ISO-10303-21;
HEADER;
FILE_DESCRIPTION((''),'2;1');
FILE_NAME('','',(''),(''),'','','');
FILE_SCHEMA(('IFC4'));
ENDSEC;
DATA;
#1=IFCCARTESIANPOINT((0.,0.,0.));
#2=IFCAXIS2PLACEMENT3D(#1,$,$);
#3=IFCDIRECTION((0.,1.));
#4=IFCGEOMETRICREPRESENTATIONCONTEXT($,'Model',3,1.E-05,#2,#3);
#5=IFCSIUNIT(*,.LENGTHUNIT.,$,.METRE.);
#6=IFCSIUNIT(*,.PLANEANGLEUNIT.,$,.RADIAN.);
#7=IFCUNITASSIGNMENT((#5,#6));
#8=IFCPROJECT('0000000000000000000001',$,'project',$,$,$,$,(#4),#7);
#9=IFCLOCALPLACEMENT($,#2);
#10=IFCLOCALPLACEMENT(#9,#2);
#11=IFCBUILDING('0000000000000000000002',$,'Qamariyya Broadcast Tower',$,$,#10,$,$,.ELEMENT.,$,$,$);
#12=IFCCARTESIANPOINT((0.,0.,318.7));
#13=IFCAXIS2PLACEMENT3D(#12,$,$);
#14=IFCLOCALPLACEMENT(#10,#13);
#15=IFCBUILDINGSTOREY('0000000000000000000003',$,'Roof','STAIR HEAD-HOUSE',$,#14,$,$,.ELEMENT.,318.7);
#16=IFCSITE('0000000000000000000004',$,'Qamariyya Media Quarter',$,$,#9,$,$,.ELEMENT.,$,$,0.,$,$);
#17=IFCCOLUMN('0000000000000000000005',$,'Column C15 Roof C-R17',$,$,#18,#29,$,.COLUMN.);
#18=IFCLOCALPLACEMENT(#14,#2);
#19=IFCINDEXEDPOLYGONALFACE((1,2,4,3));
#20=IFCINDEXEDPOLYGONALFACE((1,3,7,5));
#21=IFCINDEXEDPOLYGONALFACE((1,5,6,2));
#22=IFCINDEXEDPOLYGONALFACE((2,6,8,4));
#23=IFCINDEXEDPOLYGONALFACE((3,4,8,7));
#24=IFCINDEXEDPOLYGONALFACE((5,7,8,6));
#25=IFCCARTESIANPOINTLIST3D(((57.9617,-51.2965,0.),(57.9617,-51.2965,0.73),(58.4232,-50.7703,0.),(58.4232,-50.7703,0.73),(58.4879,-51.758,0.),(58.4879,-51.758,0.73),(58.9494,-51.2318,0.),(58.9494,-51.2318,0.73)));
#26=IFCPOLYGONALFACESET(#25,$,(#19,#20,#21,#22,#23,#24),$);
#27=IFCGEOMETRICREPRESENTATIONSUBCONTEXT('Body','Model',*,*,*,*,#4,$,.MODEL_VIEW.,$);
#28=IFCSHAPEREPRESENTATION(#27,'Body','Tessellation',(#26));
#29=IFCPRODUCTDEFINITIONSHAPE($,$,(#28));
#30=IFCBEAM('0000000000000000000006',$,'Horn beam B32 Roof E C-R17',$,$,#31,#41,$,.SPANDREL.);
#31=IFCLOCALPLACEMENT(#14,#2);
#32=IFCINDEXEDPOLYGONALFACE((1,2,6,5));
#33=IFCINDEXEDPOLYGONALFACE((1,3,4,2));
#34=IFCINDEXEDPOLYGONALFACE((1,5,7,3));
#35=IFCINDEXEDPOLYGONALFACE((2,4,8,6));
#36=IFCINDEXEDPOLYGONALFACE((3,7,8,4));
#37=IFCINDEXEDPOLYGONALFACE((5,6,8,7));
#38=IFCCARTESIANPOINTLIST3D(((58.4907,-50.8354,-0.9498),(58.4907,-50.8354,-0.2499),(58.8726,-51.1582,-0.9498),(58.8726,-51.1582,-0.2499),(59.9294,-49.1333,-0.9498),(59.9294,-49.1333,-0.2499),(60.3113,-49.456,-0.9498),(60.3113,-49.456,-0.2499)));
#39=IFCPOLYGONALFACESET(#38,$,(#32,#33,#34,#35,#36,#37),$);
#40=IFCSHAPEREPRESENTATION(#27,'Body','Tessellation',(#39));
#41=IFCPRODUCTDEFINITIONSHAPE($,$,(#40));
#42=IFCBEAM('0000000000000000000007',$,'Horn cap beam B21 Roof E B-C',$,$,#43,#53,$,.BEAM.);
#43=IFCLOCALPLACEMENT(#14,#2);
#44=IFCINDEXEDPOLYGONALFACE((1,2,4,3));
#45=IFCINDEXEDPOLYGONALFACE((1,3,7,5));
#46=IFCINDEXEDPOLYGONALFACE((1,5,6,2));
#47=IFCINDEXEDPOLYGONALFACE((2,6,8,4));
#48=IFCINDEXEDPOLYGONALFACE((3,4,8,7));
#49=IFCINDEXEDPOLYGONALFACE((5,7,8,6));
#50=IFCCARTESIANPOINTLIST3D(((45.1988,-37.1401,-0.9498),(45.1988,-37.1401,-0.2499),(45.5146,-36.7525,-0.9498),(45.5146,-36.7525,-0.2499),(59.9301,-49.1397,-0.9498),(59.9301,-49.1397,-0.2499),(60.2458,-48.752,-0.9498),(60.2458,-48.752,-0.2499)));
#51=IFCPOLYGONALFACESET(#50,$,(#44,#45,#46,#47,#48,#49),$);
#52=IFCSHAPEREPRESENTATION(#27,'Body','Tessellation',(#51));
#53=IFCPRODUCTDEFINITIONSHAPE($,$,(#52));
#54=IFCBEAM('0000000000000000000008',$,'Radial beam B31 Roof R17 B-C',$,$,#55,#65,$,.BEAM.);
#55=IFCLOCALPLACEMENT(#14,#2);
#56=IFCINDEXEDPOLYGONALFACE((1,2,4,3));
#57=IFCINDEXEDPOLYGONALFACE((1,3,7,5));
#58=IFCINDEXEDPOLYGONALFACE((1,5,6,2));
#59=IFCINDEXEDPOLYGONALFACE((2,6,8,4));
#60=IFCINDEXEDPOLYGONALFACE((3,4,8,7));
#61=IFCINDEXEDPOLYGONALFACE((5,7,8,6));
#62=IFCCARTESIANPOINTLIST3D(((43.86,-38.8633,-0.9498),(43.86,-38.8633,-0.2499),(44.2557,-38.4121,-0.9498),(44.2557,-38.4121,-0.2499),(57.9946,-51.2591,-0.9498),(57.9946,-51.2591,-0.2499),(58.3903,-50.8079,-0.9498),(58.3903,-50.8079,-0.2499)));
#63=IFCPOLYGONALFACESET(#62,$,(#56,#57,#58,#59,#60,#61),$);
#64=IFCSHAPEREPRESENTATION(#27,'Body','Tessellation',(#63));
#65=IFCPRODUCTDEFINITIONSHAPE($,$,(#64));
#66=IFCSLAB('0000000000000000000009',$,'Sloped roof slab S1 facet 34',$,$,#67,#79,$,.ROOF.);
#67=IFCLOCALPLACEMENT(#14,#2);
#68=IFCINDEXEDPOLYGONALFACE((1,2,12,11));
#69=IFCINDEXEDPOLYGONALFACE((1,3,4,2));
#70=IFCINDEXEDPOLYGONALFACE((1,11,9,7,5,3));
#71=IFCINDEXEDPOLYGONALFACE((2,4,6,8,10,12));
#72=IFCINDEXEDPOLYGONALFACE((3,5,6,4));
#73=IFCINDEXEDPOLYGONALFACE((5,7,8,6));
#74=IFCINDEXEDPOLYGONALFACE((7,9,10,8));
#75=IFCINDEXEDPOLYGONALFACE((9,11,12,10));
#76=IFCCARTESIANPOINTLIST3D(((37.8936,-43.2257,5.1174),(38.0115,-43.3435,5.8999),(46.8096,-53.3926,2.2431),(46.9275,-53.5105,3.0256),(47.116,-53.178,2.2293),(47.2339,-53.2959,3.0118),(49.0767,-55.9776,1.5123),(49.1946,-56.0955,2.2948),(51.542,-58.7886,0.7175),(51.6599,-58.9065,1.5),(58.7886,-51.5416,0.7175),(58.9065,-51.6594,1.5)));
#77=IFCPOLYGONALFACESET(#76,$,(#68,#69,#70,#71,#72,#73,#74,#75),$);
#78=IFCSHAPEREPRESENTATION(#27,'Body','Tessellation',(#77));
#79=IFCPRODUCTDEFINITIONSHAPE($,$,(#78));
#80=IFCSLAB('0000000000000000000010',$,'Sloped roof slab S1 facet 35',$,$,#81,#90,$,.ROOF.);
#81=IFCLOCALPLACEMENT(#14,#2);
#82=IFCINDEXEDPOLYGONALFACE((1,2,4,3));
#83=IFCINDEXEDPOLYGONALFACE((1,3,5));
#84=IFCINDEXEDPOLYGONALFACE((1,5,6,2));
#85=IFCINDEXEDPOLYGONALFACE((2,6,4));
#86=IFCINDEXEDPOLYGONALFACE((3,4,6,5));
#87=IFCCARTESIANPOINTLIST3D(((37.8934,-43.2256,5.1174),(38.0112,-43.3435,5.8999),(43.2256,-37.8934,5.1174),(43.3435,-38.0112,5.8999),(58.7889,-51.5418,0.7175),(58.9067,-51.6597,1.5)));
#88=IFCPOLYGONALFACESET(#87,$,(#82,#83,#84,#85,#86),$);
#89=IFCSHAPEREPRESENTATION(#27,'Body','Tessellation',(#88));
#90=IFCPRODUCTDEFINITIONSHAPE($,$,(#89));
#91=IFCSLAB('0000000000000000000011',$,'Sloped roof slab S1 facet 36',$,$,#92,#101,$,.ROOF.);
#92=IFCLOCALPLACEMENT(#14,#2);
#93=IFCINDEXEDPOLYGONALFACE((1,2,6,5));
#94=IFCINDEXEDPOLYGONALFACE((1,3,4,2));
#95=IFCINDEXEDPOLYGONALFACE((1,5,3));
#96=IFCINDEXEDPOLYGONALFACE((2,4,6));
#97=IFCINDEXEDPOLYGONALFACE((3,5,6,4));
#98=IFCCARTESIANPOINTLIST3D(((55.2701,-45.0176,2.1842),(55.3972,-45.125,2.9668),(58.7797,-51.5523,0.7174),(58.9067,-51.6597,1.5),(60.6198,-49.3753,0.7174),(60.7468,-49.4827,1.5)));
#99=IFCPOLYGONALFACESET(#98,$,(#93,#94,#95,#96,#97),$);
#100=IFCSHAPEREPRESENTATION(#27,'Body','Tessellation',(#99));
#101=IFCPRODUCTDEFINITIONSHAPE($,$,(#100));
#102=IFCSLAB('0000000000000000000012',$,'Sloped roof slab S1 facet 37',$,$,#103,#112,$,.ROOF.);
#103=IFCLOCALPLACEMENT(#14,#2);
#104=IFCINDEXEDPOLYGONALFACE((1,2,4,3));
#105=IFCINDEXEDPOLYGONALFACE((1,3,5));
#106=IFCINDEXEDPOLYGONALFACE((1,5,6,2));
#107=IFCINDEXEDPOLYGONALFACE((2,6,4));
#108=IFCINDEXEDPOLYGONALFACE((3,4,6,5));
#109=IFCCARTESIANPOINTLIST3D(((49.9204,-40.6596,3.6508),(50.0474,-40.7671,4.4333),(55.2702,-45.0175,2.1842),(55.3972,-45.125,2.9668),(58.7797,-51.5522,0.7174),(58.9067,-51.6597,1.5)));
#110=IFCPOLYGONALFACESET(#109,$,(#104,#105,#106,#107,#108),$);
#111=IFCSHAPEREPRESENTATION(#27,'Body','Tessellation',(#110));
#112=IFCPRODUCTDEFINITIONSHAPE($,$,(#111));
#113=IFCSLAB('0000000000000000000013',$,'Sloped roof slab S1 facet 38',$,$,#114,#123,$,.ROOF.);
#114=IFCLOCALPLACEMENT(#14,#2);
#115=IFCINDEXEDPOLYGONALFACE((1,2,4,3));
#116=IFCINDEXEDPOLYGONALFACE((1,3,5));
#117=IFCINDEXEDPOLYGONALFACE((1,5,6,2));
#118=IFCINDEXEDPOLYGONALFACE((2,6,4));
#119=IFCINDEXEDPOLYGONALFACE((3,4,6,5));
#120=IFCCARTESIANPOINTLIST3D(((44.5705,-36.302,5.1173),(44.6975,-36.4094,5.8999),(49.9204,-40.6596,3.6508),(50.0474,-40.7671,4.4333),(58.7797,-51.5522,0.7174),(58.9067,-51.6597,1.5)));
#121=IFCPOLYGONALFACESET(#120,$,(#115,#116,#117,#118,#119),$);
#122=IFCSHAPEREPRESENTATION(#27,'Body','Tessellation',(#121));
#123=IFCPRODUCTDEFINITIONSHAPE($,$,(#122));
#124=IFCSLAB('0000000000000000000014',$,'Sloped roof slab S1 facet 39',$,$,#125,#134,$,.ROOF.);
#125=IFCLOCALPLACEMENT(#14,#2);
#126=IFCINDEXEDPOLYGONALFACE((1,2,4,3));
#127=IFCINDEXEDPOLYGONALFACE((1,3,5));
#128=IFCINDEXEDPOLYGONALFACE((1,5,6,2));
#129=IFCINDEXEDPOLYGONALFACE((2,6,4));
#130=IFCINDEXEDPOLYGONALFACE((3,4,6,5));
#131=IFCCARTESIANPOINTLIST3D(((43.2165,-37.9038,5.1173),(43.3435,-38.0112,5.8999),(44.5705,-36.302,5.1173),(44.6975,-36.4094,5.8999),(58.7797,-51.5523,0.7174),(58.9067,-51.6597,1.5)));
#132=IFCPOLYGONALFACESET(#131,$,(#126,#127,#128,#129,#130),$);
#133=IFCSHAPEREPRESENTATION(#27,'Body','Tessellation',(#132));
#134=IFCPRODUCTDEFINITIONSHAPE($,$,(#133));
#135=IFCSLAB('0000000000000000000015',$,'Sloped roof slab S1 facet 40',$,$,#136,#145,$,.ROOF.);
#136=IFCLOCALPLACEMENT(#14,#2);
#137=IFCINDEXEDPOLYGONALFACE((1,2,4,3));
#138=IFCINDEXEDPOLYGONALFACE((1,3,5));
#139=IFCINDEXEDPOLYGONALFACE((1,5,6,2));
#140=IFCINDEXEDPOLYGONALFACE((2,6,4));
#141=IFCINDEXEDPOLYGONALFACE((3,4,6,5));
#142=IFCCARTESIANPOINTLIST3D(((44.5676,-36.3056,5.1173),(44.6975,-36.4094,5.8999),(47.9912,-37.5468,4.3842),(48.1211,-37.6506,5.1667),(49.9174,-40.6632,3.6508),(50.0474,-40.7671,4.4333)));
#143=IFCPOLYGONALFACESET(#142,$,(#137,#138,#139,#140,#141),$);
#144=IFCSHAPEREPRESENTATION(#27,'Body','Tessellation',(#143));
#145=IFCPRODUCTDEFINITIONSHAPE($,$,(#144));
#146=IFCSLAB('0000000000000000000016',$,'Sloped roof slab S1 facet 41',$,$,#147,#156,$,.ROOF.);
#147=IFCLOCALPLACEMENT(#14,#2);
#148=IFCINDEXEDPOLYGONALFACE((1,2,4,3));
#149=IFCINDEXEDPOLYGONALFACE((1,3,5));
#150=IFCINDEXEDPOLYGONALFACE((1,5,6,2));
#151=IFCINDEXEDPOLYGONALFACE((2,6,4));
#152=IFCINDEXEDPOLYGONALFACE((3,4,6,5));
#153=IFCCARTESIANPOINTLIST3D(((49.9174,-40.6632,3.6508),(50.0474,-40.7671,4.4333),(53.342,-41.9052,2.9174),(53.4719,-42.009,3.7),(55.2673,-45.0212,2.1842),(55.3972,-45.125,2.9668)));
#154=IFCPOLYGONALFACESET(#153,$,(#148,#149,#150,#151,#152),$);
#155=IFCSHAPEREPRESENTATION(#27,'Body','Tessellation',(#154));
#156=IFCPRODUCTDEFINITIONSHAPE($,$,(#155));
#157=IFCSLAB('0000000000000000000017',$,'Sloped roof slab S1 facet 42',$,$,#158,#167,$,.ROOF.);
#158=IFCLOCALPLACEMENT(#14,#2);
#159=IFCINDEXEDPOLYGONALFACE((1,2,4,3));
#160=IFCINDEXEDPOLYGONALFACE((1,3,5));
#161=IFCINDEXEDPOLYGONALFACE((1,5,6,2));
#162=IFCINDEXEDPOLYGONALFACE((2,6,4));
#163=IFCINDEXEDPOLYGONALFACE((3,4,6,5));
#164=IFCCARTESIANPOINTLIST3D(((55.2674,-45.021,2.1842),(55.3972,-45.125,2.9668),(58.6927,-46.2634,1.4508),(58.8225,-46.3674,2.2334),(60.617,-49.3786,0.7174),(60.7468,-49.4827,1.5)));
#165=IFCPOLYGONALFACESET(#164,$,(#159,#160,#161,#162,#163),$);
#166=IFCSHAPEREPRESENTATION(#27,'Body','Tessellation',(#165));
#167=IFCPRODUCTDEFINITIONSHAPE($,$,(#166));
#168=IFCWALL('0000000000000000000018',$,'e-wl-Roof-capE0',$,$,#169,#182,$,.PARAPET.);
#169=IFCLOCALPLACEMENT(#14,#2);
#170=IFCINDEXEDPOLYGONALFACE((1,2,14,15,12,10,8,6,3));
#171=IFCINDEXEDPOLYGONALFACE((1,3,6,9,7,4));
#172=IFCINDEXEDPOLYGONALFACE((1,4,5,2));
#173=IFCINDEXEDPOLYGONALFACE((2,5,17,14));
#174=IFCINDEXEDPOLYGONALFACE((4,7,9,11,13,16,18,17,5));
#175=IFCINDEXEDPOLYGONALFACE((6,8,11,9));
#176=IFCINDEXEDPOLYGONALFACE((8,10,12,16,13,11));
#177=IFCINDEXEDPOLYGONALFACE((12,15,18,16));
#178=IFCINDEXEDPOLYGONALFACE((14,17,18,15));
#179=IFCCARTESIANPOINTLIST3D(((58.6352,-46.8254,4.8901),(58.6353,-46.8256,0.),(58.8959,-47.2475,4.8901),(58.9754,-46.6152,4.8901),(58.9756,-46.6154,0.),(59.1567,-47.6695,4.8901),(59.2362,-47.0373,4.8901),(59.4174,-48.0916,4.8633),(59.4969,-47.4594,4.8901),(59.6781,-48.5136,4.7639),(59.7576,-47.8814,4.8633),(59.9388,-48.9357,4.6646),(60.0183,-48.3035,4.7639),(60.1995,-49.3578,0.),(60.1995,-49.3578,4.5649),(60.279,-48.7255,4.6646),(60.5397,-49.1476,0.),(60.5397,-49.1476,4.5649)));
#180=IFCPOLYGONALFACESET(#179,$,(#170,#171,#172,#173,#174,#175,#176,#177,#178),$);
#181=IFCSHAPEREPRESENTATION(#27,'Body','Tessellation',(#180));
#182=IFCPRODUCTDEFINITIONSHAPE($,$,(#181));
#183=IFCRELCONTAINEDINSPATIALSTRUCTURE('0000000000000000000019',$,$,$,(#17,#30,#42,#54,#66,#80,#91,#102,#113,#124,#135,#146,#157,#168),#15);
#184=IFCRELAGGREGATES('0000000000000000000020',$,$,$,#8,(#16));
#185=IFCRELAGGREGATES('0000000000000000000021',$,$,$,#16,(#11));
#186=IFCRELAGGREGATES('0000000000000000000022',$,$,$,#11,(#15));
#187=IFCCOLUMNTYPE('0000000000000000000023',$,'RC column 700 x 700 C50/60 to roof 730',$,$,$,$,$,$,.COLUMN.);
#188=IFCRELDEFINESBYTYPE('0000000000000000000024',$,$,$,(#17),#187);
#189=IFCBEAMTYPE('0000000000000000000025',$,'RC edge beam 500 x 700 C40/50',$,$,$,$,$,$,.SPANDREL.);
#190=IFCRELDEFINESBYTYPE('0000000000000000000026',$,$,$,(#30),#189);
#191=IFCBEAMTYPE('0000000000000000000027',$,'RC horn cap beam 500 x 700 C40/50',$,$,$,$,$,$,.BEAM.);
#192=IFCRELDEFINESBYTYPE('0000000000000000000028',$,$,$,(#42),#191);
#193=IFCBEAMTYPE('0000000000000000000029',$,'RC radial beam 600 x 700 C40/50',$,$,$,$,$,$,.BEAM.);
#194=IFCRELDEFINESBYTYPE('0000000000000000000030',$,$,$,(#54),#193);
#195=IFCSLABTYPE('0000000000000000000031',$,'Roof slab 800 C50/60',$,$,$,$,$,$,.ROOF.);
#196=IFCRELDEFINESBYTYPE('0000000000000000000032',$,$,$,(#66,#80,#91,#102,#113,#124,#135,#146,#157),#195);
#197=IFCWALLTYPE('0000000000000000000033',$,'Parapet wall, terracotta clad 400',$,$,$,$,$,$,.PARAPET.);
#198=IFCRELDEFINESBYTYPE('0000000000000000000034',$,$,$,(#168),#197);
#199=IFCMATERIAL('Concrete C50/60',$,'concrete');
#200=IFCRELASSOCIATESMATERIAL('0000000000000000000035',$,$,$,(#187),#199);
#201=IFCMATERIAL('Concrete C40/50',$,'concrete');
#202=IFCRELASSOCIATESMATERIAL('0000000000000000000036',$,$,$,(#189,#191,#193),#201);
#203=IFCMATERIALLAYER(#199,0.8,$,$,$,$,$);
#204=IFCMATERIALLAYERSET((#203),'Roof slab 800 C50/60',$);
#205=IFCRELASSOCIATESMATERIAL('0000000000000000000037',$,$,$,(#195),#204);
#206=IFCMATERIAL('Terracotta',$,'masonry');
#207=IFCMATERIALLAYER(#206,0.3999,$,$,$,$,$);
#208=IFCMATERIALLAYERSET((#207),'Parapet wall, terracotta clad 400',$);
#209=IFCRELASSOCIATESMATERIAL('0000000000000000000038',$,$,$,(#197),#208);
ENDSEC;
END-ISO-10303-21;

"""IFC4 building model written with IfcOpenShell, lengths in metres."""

from ifc_helpers import new_model, si_unit, direction, frame, origin, origin_2d, place, context, subcontext, project, spatial, polyline, rectangle, outline, extrude, material, layer, layer_set, material_profile, profile_set, type_object, element, save


model = new_model("IFC4")

# Units and contexts
model_context = context("Model", 3, precision=1e-05, world=origin(), true_north=direction((0.0, 1.0)))
body_context = subcontext(model_context, "Body", "Model", "MODEL_VIEW")
ifc_project = project(units=[si_unit("LENGTHUNIT", "METRE"), si_unit("PLANEANGLEUNIT", "RADIAN")], contexts=[model_context])

# Site, building, storey
site_placement = place(None, origin())
site = spatial("IfcSite", under=ifc_project, at=site_placement, Name="Qamariyya Media Quarter", CompositionType="ELEMENT", RefElevation=0.0)
building_placement = place(site_placement, origin())
building = spatial("IfcBuilding", under=site, at=building_placement, Name="Qamariyya Broadcast Tower", CompositionType="ELEMENT")
storey_placement = place(building_placement, frame((0.0, 0.0, 318.7)))
storey = spatial("IfcBuildingStorey", under=building, at=storey_placement, Name="Roof", Description="STAIR HEAD-HOUSE", CompositionType="ELEMENT", Elevation=318.7)

# Column
ifc_material_1 = material(Name="Concrete C50/60", Category="concrete")
ifc_material_profile_1 = material_profile(ifc_material_1, rectangle(XDim=0.7, YDim=0.7, at=origin_2d()))
ifc_profile_set_1 = profile_set([ifc_material_profile_1], Name="Concrete C50/60")
column_type = type_object("IfcColumnType", Name="RC column 700 x 700 C50/60 to roof 730", PredefinedType="COLUMN", material=ifc_profile_set_1)
column_placement = place(storey_placement, frame((58.4556, -51.2642, 0.0), z_axis=(0.0, 0.0, 1.0), x_axis=(0.659346, 0.75184, 0.0)))
element("IfcColumn", 1, at=column_placement, inside=storey, type_object=column_type, Name="Column C15 Roof C-R17", PredefinedType="COLUMN", context=body_context, shape_type="SweptSolid", body=[
    extrude(rectangle(XDim=0.7, YDim=0.7, at=origin_2d()), origin(), (0.0, 0.0, 1.0), 0.73),
])

# Beams
ifc_material_2 = material(Name="Concrete C40/50", Category="concrete")
ifc_material_profile_2 = material_profile(ifc_material_2, rectangle(XDim=0.5, YDim=0.7, at=origin_2d()))
ifc_profile_set_2 = profile_set([ifc_material_profile_2], Name="Concrete C40/50")
beam_type_1 = type_object("IfcBeamType", Name="RC edge beam 500 x 700 C40/50", PredefinedType="SPANDREL", material=ifc_profile_set_2)
beam_1_placement = place(storey_placement, frame((58.6816, -50.9968, -0.5999), z_axis=(0.645535, 0.763731, 0.0), x_axis=(-0.763731, 0.645535, 0.0)))
element("IfcBeam", 2, at=beam_1_placement, inside=storey, type_object=beam_type_1, Name="Horn beam B32 Roof E C-R17", PredefinedType="SPANDREL", context=body_context, shape_type="SweptSolid", body=[
    extrude(rectangle(XDim=0.5, YDim=0.7, at=origin_2d()), origin(), (0.0, 0.0, 1.0), 2.2288),
])
ifc_material_profile_3 = material_profile(ifc_material_2, rectangle(XDim=0.5, YDim=0.7, at=origin_2d()))
ifc_profile_set_3 = profile_set([ifc_material_profile_3], Name="Concrete C40/50")
beam_type_2 = type_object("IfcBeamType", Name="RC horn cap beam 500 x 700 C40/50", PredefinedType="BEAM", material=ifc_profile_set_3)
beam_2_placement = place(storey_placement, frame((45.3567, -36.9463, -0.5999), z_axis=(0.77533, -0.631556, 0.0), x_axis=(0.631556, 0.77533, 0.0)))
element("IfcBeam", 3, at=beam_2_placement, inside=storey, type_object=beam_type_2, Name="Horn cap beam B21 Roof E B-C", PredefinedType="BEAM", context=body_context, shape_type="SweptSolid", body=[
    extrude(rectangle(XDim=0.5, YDim=0.7, at=origin_2d()), origin(), (0.0, 0.0, 1.0), 19.0),
])
ifc_material_profile_4 = material_profile(ifc_material_2, rectangle(XDim=0.6001, YDim=0.7, at=origin_2d()))
ifc_profile_set_4 = profile_set([ifc_material_profile_4], Name="Concrete C40/50")
beam_type_3 = type_object("IfcBeamType", Name="RC radial beam 600 x 700 C40/50", PredefinedType="BEAM", material=ifc_profile_set_4)
beam_3_placement = place(storey_placement, frame((44.0579, -38.6377, -0.5999), z_axis=(0.751837, -0.659349, 0.0), x_axis=(0.659349, 0.751837, 0.0)))
element("IfcBeam", 4, at=beam_3_placement, inside=storey, type_object=beam_type_3, Name="Radial beam B31 Roof R17 B-C", PredefinedType="BEAM", context=body_context, shape_type="SweptSolid", body=[
    extrude(rectangle(XDim=0.6001, YDim=0.7, at=origin_2d()), origin(), (0.0, 0.0, 1.0), 18.8),
])

# Slabs
ifc_layer_1 = layer(ifc_material_1, 0.8)
ifc_layer_set_1 = layer_set([ifc_layer_1], Name="Roof slab 800 C50/60")
slab_type = type_object("IfcSlabType", Name="Roof slab 800 C50/60", PredefinedType="ROOF", material=ifc_layer_set_1)
slab_1_placement = place(storey_placement, frame((58.9065, -51.6594, 1.5), z_axis=(0.147324, -0.147312, 0.978057), x_axis=(-0.911833, 0.362896, 0.192007)))
element("IfcSlab", 5, at=slab_1_placement, inside=storey, type_object=slab_type, Name="Sloped roof slab S1 facet 34", PredefinedType="ROOF", context=body_context, shape_type="SweptSolid", body=[
    extrude(outline(polyline([(0.0, 0.0), (22.9154, 0.0), (10.544, 6.1704), (10.3399, 5.8567), (7.3984, 7.7392), (3.9777, 9.4451), (0.0, 0.0)])), origin(), (0.0, 0.0, -1.0), 0.8),
])
slab_2_placement = place(storey_placement, frame((58.9067, -51.6597, 1.5), z_axis=(0.147316, -0.147316, 0.978057), x_axis=(-0.735414, 0.644934, 0.20791)))
element("IfcSlab", 6, at=slab_2_placement, inside=storey, type_object=slab_type, Name="Sloped roof slab S1 facet 35", PredefinedType="ROOF", context=body_context, shape_type="SweptSolid", body=[
    extrude(outline(polyline([(0.0, 0.0), (21.1625, 0.0), (21.645, 7.5255), (0.0, 0.0)])), origin(), (0.0, 0.0, -1.0), 0.8),
])
slab_3_placement = place(storey_placement, frame((58.9067, -51.6597, 1.5), z_axis=(0.158834, -0.134252, 0.978135), x_axis=(0.645535, 0.763731, 0.0)))
element("IfcSlab", 7, at=slab_3_placement, inside=storey, type_object=slab_type, Name="Sloped roof slab S1 facet 36", PredefinedType="ROOF", context=body_context, shape_type="SweptSolid", body=[
    extrude(outline(polyline([(0.0, 0.0), (2.8505, 0.0), (2.7252, 7.0529), (0.0, 0.0)])), origin(), (0.0, 0.0, -1.0), 0.8),
])
slab_4_placement = place(storey_placement, frame((58.9067, -51.6597, 1.5), z_axis=(0.158732, -0.134309, 0.978144), x_axis=(-0.464155, 0.864249, 0.193993)))
element("IfcSlab", 8, at=slab_4_placement, inside=storey, type_object=slab_type, Name="Sloped roof slab S1 facet 37", PredefinedType="ROOF", context=body_context, shape_type="SweptSolid", body=[
    extrude(outline(polyline([(0.0, 0.0), (7.5611, 0.0), (14.0951, 2.659), (0.0, 0.0)])), origin(), (0.0, 0.0, -1.0), 0.8),
])
slab_5_placement = place(storey_placement, frame((58.9067, -51.6597, 1.5), z_axis=(0.15875, -0.134294, 0.978143), x_axis=(-0.61765, 0.759399, 0.204505)))
element("IfcSlab", 9, at=slab_5_placement, inside=storey, type_object=slab_type, Name="Sloped roof slab S1 facet 38", PredefinedType="ROOF", context=body_context, shape_type="SweptSolid", body=[
    extrude(outline(polyline([(0.0, 0.0), (14.3437, 0.0), (21.2571, 1.4018), (0.0, 0.0)])), origin(), (0.0, 0.0, -1.0), 0.8),
])
slab_6_placement = place(storey_placement, frame((58.9067, -51.6597, 1.5), z_axis=(0.158808, -0.13424, 0.978141), x_axis=(-0.666996, 0.715862, 0.206536)))
element("IfcSlab", 10, at=slab_6_placement, inside=storey, type_object=slab_type, Name="Sloped roof slab S1 facet 39", PredefinedType="ROOF", context=body_context, shape_type="SweptSolid", body=[
    extrude(outline(polyline([(0.0, 0.0), (21.3033, 0.0), (21.0598, 2.0832), (0.0, 0.0)])), origin(), (0.0, 0.0, -1.0), 0.8),
])
slab_7_placement = place(storey_placement, frame((48.1211, -37.6506, 5.1667), z_axis=(0.162408, -0.129805, 0.978148), x_axis=(-0.92163, 0.334134, 0.197365)))
element("IfcSlab", 11, at=slab_7_placement, inside=storey, type_object=slab_type, Name="Sloped roof slab S1 facet 40", PredefinedType="ROOF", context=body_context, shape_type="SweptSolid", body=[
    extrude(outline(polyline([(0.0, 0.0), (3.7147, 0.0), (-2.9614, 2.2784), (0.0, 0.0)])), origin(), (0.0, 0.0, -1.0), 0.8),
])
slab_8_placement = place(storey_placement, frame((53.4719, -42.009, 3.7), z_axis=(0.162405, -0.129801, 0.978149), x_axis=(-0.921597, 0.334224, 0.197368)))
element("IfcSlab", 12, at=slab_8_placement, inside=storey, type_object=slab_type, Name="Sloped roof slab S1 facet 41", PredefinedType="ROOF", context=body_context, shape_type="SweptSolid", body=[
    extrude(outline(polyline([(0.0, 0.0), (3.7159, 0.0), (-2.9605, 2.278), (0.0, 0.0)])), origin(), (0.0, 0.0, -1.0), 0.8),
])
slab_9_placement = place(storey_placement, frame((58.8225, -46.3674, 2.2334), z_axis=(0.162262, -0.130046, 0.978141), x_axis=(-0.921586, 0.33428, 0.197323)))
element("IfcSlab", 13, at=slab_9_placement, inside=storey, type_object=slab_type, Name="Sloped roof slab S1 facet 42", PredefinedType="ROOF", context=body_context, shape_type="SweptSolid", body=[
    extrude(outline(polyline([(0.0, 0.0), (3.7167, 0.0), (-2.9595, 2.2775), (0.0, 0.0)])), origin(), (0.0, 0.0, -1.0), 0.8),
])

# Wall
ifc_material_3 = material(Name="Terracotta", Category="masonry")
ifc_layer_2 = layer(ifc_material_3, 0.3999)
ifc_layer_set_2 = layer_set([ifc_layer_2], Name="Parapet wall, terracotta clad 400")
wall_type = type_object("IfcWallType", Name="Parapet wall, terracotta clad 400", PredefinedType="PARAPET", material=ifc_layer_set_2)
wall_1_placement = place(storey_placement, frame((60.3696, -49.2527, 0.0), z_axis=(0.0, 0.0, 1.0), x_axis=(-0.525538, 0.85077, 0.0)))
element("IfcWall", 14, at=wall_1_placement, inside=storey, type_object=wall_type, Name="e-wl-Roof-capE0", PredefinedType="PARAPET", context=body_context, shape_type="SweptSolid", body=[
    extrude(outline(polyline([(0.0, 0.0), (2.9763, 0.0), (2.9766, 4.8901), (2.4805, 4.8901), (1.9844, 4.8901), (1.4883, 4.8633), (0.9922, 4.7639), (0.4961, 4.6646), (0.0, 4.5649), (0.0, 0.0)])), frame((0.0, 0.2, 0.0), z_axis=(0.0, -1.0, 0.0), x_axis=(1.0, 0.0, 0.0)), (0.0, 0.0, 1.0), 0.3999),
])

save(model, "model.ifc")
